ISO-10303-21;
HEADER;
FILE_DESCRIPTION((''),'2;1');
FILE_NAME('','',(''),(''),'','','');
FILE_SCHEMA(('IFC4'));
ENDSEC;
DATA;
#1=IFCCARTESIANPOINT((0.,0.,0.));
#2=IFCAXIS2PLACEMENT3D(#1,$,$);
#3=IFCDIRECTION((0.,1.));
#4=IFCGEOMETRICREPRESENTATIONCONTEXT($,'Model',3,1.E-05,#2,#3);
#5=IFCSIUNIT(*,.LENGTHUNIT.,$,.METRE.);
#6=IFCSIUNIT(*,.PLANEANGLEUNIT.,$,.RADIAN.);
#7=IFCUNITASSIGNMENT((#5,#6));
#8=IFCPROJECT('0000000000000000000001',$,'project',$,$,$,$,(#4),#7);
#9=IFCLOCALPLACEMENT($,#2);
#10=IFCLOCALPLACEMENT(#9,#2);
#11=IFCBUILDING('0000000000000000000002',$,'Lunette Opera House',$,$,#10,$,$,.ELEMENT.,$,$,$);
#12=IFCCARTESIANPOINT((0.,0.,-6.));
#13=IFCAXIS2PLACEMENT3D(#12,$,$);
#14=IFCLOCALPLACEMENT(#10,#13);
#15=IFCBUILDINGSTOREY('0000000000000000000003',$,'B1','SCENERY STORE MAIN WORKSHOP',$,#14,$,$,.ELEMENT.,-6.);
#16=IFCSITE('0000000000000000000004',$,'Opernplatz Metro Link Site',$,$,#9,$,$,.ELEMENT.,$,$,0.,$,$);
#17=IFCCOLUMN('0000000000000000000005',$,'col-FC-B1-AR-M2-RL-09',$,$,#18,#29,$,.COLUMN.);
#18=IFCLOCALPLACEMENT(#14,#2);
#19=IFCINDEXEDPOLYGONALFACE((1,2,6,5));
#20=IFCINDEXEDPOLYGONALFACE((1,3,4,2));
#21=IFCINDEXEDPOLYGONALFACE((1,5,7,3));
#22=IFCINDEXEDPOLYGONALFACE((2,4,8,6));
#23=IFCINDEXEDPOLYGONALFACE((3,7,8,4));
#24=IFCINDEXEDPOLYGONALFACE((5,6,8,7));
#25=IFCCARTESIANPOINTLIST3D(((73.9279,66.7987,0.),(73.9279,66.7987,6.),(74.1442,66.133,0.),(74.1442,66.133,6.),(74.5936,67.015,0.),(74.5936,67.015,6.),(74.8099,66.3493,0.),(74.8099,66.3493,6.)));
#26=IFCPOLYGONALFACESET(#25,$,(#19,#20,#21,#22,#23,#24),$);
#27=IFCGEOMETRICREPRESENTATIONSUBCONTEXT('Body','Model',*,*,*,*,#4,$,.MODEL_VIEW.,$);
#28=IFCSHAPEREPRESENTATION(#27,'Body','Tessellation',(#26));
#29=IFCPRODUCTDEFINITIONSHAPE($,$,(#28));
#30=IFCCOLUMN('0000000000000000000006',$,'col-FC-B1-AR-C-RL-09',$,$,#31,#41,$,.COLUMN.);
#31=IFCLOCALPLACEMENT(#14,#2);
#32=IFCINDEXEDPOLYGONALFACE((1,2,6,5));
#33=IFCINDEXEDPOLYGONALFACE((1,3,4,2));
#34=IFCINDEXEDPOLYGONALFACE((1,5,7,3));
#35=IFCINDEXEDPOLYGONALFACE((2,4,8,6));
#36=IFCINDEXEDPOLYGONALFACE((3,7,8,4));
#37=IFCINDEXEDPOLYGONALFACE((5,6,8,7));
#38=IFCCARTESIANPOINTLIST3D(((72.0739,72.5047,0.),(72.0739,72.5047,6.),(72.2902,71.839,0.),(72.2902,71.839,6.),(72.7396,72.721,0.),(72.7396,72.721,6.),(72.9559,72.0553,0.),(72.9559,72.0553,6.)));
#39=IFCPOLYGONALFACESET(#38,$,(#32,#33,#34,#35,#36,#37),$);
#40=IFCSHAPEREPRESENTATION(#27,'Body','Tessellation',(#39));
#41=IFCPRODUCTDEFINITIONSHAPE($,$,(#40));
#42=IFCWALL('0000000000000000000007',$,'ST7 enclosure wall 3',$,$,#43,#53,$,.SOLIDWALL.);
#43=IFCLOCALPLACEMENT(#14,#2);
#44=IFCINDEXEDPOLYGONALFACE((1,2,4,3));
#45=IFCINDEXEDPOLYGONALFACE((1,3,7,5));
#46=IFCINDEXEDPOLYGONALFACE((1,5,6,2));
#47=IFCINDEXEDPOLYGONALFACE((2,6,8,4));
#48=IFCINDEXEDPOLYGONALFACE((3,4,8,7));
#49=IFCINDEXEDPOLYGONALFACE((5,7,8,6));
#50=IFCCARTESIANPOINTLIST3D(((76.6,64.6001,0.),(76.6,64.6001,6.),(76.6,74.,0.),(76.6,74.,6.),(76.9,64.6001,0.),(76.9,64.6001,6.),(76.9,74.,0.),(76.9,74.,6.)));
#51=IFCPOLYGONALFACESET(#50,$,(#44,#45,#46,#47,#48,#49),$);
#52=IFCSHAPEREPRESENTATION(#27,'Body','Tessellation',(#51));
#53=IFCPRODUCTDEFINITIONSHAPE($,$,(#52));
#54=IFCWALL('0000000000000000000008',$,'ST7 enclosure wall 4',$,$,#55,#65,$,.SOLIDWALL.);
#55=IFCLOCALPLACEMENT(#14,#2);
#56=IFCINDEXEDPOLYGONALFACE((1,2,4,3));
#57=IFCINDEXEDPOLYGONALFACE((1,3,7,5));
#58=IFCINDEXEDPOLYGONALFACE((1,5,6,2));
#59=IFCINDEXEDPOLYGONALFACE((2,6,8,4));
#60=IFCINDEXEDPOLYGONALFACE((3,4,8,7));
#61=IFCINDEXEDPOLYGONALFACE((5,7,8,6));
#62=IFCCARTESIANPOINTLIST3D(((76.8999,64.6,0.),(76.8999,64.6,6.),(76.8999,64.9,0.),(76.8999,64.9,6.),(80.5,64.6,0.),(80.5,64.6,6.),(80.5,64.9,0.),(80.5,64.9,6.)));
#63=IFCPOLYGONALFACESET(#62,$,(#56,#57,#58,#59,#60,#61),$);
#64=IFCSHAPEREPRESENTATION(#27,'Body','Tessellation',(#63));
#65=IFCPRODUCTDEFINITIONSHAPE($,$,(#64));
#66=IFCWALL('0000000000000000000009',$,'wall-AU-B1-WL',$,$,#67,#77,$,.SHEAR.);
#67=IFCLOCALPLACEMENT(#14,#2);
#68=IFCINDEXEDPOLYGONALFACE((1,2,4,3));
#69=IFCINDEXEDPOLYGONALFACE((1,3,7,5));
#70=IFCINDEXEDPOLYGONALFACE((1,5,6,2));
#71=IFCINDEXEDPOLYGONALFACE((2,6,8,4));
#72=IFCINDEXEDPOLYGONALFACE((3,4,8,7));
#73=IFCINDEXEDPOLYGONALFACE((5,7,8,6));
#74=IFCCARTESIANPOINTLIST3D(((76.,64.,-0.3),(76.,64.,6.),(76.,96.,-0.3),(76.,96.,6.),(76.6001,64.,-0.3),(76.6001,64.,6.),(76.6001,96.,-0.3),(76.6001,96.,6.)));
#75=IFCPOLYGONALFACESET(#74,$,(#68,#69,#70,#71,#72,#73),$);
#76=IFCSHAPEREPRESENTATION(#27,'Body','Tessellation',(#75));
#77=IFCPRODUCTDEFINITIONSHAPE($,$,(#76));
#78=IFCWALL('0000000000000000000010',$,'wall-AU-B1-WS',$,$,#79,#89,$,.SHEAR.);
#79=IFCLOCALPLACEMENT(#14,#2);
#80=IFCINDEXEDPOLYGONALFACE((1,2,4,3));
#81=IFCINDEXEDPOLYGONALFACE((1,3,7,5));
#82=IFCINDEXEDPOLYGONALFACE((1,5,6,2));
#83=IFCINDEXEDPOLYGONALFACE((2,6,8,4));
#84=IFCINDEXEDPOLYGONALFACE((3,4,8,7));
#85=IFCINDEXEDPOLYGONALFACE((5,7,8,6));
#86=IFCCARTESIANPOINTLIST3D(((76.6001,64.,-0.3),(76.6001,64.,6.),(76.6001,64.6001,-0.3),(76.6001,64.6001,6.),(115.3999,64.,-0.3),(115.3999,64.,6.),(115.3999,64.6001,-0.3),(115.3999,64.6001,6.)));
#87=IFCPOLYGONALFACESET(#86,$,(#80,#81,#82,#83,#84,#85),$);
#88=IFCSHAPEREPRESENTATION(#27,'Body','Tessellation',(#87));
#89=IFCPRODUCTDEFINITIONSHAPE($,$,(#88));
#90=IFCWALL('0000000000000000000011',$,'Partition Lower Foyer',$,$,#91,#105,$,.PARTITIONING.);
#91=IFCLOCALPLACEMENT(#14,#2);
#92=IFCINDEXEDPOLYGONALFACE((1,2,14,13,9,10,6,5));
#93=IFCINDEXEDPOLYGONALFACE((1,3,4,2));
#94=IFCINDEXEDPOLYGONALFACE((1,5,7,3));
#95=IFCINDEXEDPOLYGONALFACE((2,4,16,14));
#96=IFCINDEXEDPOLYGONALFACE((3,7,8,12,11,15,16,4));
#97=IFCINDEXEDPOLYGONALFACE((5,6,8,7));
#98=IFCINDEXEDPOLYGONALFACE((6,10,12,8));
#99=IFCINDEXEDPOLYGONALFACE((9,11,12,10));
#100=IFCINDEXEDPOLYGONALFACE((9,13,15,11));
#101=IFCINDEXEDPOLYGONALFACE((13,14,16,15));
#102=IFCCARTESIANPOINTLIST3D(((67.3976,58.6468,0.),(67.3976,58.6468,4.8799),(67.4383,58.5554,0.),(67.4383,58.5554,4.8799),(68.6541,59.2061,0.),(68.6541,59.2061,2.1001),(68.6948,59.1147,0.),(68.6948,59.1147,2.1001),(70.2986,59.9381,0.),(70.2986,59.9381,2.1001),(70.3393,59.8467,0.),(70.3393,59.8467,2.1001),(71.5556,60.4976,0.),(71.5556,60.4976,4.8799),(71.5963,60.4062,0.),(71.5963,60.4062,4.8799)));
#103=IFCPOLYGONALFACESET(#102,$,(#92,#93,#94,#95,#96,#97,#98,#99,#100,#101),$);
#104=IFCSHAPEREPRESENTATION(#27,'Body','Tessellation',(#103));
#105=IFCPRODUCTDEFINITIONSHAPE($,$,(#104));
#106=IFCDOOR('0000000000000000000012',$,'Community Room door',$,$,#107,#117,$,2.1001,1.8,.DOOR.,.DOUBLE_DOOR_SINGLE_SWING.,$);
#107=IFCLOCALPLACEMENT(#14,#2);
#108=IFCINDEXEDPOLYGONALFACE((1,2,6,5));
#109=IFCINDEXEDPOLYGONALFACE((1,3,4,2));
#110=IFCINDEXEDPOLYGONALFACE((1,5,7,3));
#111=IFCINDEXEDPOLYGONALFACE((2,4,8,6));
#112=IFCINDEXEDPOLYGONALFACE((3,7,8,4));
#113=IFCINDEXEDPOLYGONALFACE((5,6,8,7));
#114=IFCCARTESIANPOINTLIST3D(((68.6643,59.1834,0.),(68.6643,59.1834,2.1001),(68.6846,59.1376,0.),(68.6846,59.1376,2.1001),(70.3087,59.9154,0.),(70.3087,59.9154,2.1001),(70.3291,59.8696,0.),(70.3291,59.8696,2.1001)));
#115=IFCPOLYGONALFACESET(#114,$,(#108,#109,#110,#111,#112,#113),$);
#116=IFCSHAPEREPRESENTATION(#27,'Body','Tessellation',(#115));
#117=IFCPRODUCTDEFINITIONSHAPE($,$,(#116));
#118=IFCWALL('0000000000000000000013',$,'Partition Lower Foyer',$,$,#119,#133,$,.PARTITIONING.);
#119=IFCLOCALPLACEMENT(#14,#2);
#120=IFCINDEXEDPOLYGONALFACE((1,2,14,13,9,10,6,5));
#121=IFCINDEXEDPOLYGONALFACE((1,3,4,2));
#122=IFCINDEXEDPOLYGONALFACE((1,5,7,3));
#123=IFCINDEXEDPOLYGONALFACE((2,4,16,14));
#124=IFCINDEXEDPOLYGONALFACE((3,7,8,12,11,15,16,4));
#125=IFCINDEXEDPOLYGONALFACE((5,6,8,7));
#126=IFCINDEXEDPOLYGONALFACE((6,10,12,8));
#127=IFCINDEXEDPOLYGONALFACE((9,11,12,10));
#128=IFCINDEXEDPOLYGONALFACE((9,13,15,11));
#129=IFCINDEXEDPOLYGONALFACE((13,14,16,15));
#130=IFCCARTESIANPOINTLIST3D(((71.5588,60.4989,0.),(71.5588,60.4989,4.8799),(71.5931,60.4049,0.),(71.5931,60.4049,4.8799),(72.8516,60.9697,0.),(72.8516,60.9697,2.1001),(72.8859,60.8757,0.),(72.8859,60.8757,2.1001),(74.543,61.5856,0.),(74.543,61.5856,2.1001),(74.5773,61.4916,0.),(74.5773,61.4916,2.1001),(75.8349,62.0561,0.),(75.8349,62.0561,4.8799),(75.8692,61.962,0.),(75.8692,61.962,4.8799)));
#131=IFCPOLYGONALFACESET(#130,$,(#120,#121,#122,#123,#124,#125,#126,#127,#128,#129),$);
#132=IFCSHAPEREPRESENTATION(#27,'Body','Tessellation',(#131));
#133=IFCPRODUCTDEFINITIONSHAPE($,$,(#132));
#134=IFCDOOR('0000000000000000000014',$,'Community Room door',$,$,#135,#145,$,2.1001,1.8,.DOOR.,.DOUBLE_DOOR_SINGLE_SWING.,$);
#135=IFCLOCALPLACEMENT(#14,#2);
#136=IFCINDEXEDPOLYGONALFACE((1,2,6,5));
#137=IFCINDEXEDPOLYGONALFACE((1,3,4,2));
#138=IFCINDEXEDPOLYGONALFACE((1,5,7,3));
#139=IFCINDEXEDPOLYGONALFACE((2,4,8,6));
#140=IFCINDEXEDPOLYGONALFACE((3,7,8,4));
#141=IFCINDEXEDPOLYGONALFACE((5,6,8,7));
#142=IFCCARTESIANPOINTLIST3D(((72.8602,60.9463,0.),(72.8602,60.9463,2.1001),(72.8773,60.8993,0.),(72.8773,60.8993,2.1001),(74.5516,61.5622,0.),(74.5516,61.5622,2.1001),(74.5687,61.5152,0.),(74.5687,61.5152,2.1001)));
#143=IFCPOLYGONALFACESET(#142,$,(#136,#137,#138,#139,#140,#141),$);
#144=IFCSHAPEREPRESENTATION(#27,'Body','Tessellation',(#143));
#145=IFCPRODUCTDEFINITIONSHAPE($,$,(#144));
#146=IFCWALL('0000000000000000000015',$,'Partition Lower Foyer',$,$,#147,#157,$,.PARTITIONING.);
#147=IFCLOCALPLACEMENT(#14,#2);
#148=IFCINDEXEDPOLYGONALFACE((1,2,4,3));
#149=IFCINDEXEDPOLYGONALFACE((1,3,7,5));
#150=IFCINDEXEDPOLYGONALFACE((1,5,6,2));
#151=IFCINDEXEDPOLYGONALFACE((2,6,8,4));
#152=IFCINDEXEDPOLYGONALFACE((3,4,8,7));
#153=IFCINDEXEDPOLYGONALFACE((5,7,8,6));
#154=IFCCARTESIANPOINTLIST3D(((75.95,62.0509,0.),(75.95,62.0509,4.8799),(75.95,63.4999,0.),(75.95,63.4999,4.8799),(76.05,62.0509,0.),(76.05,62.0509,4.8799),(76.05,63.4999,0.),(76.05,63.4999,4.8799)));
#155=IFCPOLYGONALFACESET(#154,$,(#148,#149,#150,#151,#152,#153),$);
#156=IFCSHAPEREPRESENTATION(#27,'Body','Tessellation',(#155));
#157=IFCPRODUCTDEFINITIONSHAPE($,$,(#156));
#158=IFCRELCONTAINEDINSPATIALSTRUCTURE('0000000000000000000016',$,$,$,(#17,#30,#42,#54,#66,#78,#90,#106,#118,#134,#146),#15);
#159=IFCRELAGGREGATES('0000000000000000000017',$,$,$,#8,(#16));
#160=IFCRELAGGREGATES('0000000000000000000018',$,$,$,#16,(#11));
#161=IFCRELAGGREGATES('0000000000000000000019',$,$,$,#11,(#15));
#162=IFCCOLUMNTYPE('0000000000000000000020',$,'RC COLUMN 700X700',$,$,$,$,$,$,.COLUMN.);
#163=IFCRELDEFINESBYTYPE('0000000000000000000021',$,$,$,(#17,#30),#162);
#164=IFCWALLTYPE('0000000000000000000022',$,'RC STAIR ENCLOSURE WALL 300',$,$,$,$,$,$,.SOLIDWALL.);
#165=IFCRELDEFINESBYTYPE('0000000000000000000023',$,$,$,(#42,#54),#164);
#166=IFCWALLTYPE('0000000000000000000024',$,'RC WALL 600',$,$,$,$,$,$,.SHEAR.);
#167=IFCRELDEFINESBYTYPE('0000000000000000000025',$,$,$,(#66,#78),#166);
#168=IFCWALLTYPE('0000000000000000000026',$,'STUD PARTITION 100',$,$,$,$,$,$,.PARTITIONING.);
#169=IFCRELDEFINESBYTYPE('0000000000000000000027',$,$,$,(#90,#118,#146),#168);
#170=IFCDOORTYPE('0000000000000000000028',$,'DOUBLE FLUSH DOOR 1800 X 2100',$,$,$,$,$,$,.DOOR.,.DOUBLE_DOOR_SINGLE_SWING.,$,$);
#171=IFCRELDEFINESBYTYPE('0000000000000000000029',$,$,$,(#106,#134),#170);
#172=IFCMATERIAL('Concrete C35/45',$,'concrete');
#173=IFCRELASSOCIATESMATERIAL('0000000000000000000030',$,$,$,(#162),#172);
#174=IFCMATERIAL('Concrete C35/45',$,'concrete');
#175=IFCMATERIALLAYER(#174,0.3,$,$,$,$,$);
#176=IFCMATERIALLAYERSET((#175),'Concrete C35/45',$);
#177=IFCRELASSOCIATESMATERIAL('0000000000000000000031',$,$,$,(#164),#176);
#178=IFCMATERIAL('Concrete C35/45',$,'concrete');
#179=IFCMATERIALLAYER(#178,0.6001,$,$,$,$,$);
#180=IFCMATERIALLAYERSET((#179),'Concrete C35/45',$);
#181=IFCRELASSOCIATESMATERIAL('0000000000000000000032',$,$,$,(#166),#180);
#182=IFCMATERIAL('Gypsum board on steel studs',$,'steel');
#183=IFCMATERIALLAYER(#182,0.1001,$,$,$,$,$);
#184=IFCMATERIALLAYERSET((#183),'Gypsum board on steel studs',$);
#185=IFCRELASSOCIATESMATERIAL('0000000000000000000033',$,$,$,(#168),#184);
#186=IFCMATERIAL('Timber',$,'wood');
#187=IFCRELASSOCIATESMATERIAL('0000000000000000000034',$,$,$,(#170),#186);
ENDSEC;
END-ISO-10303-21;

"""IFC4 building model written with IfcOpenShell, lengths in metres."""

from ifc_helpers import new_model, si_unit, direction, frame, frame_2d, origin, origin_2d, place, context, subcontext, project, spatial, rectangle, extrude, material, layer, layer_set, material_profile, profile_set, type_object, element, fill, save


model = new_model("IFC4")

# Units and contexts
model_context = context("Model", 3, precision=1e-05, world=origin(), true_north=direction((0.0, 1.0)))
body_context = subcontext(model_context, "Body", "Model", "MODEL_VIEW")
ifc_project = project(units=[si_unit("LENGTHUNIT", "METRE"), si_unit("PLANEANGLEUNIT", "RADIAN")], contexts=[model_context])

# Site, building, storey
site_placement = place(None, origin())
site = spatial("IfcSite", under=ifc_project, at=site_placement, Name="Opernplatz Metro Link Site", CompositionType="ELEMENT", RefElevation=0.0)
building_placement = place(site_placement, origin())
building = spatial("IfcBuilding", under=site, at=building_placement, Name="Lunette Opera House", CompositionType="ELEMENT")
storey_placement = place(building_placement, frame((0.0, 0.0, -6.0)))
storey = spatial("IfcBuildingStorey", under=building, at=storey_placement, Name="B1", Description="SCENERY STORE MAIN WORKSHOP", CompositionType="ELEMENT", Elevation=-6.0)

# Columns
ifc_material_1 = material(Name="Concrete C35/45", Category="concrete")
ifc_material_profile_1 = material_profile(ifc_material_1, rectangle(XDim=0.7, YDim=0.7, at=origin_2d()), Name="RC COLUMN 700X700")
ifc_profile_set_1 = profile_set([ifc_material_profile_1], Name="Concrete C35/45")
column_type = type_object("IfcColumnType", Name="RC COLUMN 700X700", PredefinedType="COLUMN", material=ifc_profile_set_1)
for number, where, z_axis, x_axis, name in (
    (1, (74.3689, 66.574, 0.0), (0.0, 0.0, 1.0), (0.951057, 0.309017, 0.0), "col-FC-B1-AR-M2-RL-09"),
    (2, (72.5149, 72.28, 0.0), (0.0, 0.0, 1.0), (0.951057, 0.309017, 0.0), "col-FC-B1-AR-C-RL-09"),
):
    element("IfcColumn", number, at=place(storey_placement, frame(where, z_axis=z_axis, x_axis=x_axis)), inside=storey, type_object=column_type, Name=name, PredefinedType="COLUMN", context=body_context, shape_type="SweptSolid", body=[
        extrude(rectangle(XDim=0.7, YDim=0.7, at=origin_2d()), origin(), (0.0, 0.0, 1.0), 6.0),
    ])

# Walls
ifc_material_2 = material(Name="Concrete C35/45", Category="concrete")
ifc_layer_1 = layer(ifc_material_2, 0.3)
ifc_layer_set_1 = layer_set([ifc_layer_1], Name="Concrete C35/45")
wall_type_1 = type_object("IfcWallType", Name="RC STAIR ENCLOSURE WALL 300", PredefinedType="SOLIDWALL", material=ifc_layer_set_1)
wall_1_placement = place(storey_placement, frame((76.75, 74.0, 0.0), z_axis=(0.0, 0.0, 1.0), x_axis=(0.0, -1.0, 0.0)))
element("IfcWall", 3, at=wall_1_placement, inside=storey, type_object=wall_type_1, Name="ST7 enclosure wall 3", PredefinedType="SOLIDWALL", context=body_context, shape_type="SweptSolid", body=[
    extrude(rectangle(XDim=9.3999, YDim=0.3, at=frame_2d((4.7, 0.0))), origin(), (0.0, 0.0, 1.0), 6.0),
])
wall_2_placement = place(storey_placement, frame((76.8999, 64.75, 0.0), z_axis=(0.0, 0.0, 1.0), x_axis=(1.0, 0.0, 0.0)))
element("IfcWall", 4, at=wall_2_placement, inside=storey, type_object=wall_type_1, Name="ST7 enclosure wall 4", PredefinedType="SOLIDWALL", context=body_context, shape_type="SweptSolid", body=[
    extrude(rectangle(XDim=3.6001, YDim=0.3, at=frame_2d((1.8, 0.0))), origin(), (0.0, 0.0, 1.0), 6.0),
])
ifc_material_3 = material(Name="Concrete C35/45", Category="concrete")
ifc_layer_2 = layer(ifc_material_3, 0.6001)
ifc_layer_set_2 = layer_set([ifc_layer_2], Name="Concrete C35/45")
wall_type_2 = type_object("IfcWallType", Name="RC WALL 600", PredefinedType="SHEAR", material=ifc_layer_set_2)
wall_3_placement = place(storey_placement, frame((76.3, 64.0, -0.3), z_axis=(0.0, 0.0, 1.0), x_axis=(0.0, 1.0, 0.0)))
element("IfcWall", 5, at=wall_3_placement, inside=storey, type_object=wall_type_2, Name="wall-AU-B1-WL", PredefinedType="SHEAR", context=body_context, shape_type="SweptSolid", body=[
    extrude(rectangle(XDim=32.0, YDim=0.6001, at=frame_2d((16.0, 0.0))), origin(), (0.0, 0.0, 1.0), 6.3),
])
wall_4_placement = place(storey_placement, frame((76.6001, 64.3, -0.3), z_axis=(0.0, 0.0, 1.0), x_axis=(1.0, 0.0, 0.0)))
element("IfcWall", 6, at=wall_4_placement, inside=storey, type_object=wall_type_2, Name="wall-AU-B1-WS", PredefinedType="SHEAR", context=body_context, shape_type="SweptSolid", body=[
    extrude(rectangle(XDim=38.7998, YDim=0.6001, at=frame_2d((19.3999, 0.0))), origin(), (0.0, 0.0, 1.0), 6.3),
])

# Walls, openings, doors
ifc_material_4 = material(Name="Gypsum board on steel studs", Category="steel")
ifc_layer_3 = layer(ifc_material_4, 0.1001)
ifc_layer_set_3 = layer_set([ifc_layer_3], Name="Gypsum board on steel studs")
wall_type_3 = type_object("IfcWallType", Name="STUD PARTITION 100", PredefinedType="PARTITIONING", material=ifc_layer_set_3)
wall_5_placement = place(storey_placement, frame((71.5759, 60.4519, 0.0), z_axis=(0.0, 0.0, 1.0), x_axis=(-0.913579, -0.406661, 0.0)))
wall_5 = element("IfcWall", 7, at=wall_5_placement, inside=storey, type_object=wall_type_3, Name="Partition Lower Foyer", PredefinedType="PARTITIONING", context=body_context, shape_type="SweptSolid", body=[
    extrude(rectangle(XDim=4.5513, YDim=0.1001, at=frame_2d((2.2756, 0.0))), origin(), (0.0, 0.0, 1.0), 4.8799),
])
opening_1_placement = place(wall_5_placement, frame((1.376, 0.0, 0.0)))
opening_1 = element("IfcOpeningElement", 8, at=opening_1_placement, cuts=wall_5, PredefinedType="OPENING", context=body_context, shape_type="SweptSolid", body=[
    extrude(rectangle(XDim=1.8, YDim=2.1001, at=frame_2d((0.8999, 1.05))), frame((0.0, 0.062, 0.0), z_axis=(0.0, -1.0, 0.0), x_axis=(1.0, 0.0, 0.0)), (0.0, 0.0, 1.0), 0.124),
])
ifc_material_5 = material(Name="Timber", Category="wood")
door_type = type_object("IfcDoorType", Name="DOUBLE FLUSH DOOR 1800 X 2100", OperationType="DOUBLE_DOOR_SINGLE_SWING", PredefinedType="DOOR", material=ifc_material_5)
door_1_placement = place(opening_1_placement, origin())
door_1 = element("IfcDoor", 9, at=door_1_placement, inside=storey, type_object=door_type, Name="Community Room door", OperationType="DOUBLE_DOOR_SINGLE_SWING", OverallHeight=2.1001, OverallWidth=1.8, PredefinedType="DOOR", context=body_context, shape_type="SweptSolid", body=[
    extrude(rectangle(XDim=1.8, YDim=2.1001, at=frame_2d((0.8999, 1.05))), frame((0.0, 0.0249, 0.0), z_axis=(0.0, -1.0, 0.0), x_axis=(1.0, 0.0, 0.0)), (0.0, 0.0, 1.0), 0.05),
])
fill(opening_1, door_1)
wall_6_placement = place(storey_placement, frame((75.8521, 62.009, 0.0), z_axis=(0.0, 0.0, 1.0), x_axis=(-0.93964, -0.342165, 0.0)))
wall_6 = element("IfcWall", 10, at=wall_6_placement, inside=storey, type_object=wall_type_3, Name="Partition Lower Foyer", PredefinedType="PARTITIONING", context=body_context, shape_type="SweptSolid", body=[
    extrude(rectangle(XDim=4.5508, YDim=0.1001, at=frame_2d((2.2754, 0.0))), origin(), (0.0, 0.0, 1.0), 4.8799),
])
opening_2_placement = place(wall_6_placement, frame((1.375, 0.0, 0.0)))
opening_2 = element("IfcOpeningElement", 11, at=opening_2_placement, cuts=wall_6, PredefinedType="OPENING", context=body_context, shape_type="SweptSolid", body=[
    extrude(rectangle(XDim=1.8, YDim=2.1001, at=frame_2d((0.8999, 1.05))), frame((0.0, 0.062, 0.0), z_axis=(0.0, -1.0, 0.0), x_axis=(1.0, 0.0, 0.0)), (0.0, 0.0, 1.0), 0.124),
])
door_2_placement = place(opening_2_placement, origin())
door_2 = element("IfcDoor", 12, at=door_2_placement, inside=storey, type_object=door_type, Name="Community Room door", OperationType="DOUBLE_DOOR_SINGLE_SWING", OverallHeight=2.1001, OverallWidth=1.8, PredefinedType="DOOR", context=body_context, shape_type="SweptSolid", body=[
    extrude(rectangle(XDim=1.8, YDim=2.1001, at=frame_2d((0.8999, 1.05))), frame((0.0, 0.0249, 0.0), z_axis=(0.0, -1.0, 0.0), x_axis=(1.0, 0.0, 0.0)), (0.0, 0.0, 1.0), 0.05),
])
fill(opening_2, door_2)

# Wall
wall_7_placement = place(storey_placement, frame((76.0, 63.5, 0.0), z_axis=(0.0, 0.0, 1.0), x_axis=(0.0, -1.0, 0.0)))
element("IfcWall", 13, at=wall_7_placement, inside=storey, type_object=wall_type_3, Name="Partition Lower Foyer", PredefinedType="PARTITIONING", context=body_context, shape_type="SweptSolid", body=[
    extrude(rectangle(XDim=1.449, YDim=0.1001, at=frame_2d((0.7246, 0.0))), origin(), (0.0, 0.0, 1.0), 4.8799),
])

save(model, "model.ifc")
